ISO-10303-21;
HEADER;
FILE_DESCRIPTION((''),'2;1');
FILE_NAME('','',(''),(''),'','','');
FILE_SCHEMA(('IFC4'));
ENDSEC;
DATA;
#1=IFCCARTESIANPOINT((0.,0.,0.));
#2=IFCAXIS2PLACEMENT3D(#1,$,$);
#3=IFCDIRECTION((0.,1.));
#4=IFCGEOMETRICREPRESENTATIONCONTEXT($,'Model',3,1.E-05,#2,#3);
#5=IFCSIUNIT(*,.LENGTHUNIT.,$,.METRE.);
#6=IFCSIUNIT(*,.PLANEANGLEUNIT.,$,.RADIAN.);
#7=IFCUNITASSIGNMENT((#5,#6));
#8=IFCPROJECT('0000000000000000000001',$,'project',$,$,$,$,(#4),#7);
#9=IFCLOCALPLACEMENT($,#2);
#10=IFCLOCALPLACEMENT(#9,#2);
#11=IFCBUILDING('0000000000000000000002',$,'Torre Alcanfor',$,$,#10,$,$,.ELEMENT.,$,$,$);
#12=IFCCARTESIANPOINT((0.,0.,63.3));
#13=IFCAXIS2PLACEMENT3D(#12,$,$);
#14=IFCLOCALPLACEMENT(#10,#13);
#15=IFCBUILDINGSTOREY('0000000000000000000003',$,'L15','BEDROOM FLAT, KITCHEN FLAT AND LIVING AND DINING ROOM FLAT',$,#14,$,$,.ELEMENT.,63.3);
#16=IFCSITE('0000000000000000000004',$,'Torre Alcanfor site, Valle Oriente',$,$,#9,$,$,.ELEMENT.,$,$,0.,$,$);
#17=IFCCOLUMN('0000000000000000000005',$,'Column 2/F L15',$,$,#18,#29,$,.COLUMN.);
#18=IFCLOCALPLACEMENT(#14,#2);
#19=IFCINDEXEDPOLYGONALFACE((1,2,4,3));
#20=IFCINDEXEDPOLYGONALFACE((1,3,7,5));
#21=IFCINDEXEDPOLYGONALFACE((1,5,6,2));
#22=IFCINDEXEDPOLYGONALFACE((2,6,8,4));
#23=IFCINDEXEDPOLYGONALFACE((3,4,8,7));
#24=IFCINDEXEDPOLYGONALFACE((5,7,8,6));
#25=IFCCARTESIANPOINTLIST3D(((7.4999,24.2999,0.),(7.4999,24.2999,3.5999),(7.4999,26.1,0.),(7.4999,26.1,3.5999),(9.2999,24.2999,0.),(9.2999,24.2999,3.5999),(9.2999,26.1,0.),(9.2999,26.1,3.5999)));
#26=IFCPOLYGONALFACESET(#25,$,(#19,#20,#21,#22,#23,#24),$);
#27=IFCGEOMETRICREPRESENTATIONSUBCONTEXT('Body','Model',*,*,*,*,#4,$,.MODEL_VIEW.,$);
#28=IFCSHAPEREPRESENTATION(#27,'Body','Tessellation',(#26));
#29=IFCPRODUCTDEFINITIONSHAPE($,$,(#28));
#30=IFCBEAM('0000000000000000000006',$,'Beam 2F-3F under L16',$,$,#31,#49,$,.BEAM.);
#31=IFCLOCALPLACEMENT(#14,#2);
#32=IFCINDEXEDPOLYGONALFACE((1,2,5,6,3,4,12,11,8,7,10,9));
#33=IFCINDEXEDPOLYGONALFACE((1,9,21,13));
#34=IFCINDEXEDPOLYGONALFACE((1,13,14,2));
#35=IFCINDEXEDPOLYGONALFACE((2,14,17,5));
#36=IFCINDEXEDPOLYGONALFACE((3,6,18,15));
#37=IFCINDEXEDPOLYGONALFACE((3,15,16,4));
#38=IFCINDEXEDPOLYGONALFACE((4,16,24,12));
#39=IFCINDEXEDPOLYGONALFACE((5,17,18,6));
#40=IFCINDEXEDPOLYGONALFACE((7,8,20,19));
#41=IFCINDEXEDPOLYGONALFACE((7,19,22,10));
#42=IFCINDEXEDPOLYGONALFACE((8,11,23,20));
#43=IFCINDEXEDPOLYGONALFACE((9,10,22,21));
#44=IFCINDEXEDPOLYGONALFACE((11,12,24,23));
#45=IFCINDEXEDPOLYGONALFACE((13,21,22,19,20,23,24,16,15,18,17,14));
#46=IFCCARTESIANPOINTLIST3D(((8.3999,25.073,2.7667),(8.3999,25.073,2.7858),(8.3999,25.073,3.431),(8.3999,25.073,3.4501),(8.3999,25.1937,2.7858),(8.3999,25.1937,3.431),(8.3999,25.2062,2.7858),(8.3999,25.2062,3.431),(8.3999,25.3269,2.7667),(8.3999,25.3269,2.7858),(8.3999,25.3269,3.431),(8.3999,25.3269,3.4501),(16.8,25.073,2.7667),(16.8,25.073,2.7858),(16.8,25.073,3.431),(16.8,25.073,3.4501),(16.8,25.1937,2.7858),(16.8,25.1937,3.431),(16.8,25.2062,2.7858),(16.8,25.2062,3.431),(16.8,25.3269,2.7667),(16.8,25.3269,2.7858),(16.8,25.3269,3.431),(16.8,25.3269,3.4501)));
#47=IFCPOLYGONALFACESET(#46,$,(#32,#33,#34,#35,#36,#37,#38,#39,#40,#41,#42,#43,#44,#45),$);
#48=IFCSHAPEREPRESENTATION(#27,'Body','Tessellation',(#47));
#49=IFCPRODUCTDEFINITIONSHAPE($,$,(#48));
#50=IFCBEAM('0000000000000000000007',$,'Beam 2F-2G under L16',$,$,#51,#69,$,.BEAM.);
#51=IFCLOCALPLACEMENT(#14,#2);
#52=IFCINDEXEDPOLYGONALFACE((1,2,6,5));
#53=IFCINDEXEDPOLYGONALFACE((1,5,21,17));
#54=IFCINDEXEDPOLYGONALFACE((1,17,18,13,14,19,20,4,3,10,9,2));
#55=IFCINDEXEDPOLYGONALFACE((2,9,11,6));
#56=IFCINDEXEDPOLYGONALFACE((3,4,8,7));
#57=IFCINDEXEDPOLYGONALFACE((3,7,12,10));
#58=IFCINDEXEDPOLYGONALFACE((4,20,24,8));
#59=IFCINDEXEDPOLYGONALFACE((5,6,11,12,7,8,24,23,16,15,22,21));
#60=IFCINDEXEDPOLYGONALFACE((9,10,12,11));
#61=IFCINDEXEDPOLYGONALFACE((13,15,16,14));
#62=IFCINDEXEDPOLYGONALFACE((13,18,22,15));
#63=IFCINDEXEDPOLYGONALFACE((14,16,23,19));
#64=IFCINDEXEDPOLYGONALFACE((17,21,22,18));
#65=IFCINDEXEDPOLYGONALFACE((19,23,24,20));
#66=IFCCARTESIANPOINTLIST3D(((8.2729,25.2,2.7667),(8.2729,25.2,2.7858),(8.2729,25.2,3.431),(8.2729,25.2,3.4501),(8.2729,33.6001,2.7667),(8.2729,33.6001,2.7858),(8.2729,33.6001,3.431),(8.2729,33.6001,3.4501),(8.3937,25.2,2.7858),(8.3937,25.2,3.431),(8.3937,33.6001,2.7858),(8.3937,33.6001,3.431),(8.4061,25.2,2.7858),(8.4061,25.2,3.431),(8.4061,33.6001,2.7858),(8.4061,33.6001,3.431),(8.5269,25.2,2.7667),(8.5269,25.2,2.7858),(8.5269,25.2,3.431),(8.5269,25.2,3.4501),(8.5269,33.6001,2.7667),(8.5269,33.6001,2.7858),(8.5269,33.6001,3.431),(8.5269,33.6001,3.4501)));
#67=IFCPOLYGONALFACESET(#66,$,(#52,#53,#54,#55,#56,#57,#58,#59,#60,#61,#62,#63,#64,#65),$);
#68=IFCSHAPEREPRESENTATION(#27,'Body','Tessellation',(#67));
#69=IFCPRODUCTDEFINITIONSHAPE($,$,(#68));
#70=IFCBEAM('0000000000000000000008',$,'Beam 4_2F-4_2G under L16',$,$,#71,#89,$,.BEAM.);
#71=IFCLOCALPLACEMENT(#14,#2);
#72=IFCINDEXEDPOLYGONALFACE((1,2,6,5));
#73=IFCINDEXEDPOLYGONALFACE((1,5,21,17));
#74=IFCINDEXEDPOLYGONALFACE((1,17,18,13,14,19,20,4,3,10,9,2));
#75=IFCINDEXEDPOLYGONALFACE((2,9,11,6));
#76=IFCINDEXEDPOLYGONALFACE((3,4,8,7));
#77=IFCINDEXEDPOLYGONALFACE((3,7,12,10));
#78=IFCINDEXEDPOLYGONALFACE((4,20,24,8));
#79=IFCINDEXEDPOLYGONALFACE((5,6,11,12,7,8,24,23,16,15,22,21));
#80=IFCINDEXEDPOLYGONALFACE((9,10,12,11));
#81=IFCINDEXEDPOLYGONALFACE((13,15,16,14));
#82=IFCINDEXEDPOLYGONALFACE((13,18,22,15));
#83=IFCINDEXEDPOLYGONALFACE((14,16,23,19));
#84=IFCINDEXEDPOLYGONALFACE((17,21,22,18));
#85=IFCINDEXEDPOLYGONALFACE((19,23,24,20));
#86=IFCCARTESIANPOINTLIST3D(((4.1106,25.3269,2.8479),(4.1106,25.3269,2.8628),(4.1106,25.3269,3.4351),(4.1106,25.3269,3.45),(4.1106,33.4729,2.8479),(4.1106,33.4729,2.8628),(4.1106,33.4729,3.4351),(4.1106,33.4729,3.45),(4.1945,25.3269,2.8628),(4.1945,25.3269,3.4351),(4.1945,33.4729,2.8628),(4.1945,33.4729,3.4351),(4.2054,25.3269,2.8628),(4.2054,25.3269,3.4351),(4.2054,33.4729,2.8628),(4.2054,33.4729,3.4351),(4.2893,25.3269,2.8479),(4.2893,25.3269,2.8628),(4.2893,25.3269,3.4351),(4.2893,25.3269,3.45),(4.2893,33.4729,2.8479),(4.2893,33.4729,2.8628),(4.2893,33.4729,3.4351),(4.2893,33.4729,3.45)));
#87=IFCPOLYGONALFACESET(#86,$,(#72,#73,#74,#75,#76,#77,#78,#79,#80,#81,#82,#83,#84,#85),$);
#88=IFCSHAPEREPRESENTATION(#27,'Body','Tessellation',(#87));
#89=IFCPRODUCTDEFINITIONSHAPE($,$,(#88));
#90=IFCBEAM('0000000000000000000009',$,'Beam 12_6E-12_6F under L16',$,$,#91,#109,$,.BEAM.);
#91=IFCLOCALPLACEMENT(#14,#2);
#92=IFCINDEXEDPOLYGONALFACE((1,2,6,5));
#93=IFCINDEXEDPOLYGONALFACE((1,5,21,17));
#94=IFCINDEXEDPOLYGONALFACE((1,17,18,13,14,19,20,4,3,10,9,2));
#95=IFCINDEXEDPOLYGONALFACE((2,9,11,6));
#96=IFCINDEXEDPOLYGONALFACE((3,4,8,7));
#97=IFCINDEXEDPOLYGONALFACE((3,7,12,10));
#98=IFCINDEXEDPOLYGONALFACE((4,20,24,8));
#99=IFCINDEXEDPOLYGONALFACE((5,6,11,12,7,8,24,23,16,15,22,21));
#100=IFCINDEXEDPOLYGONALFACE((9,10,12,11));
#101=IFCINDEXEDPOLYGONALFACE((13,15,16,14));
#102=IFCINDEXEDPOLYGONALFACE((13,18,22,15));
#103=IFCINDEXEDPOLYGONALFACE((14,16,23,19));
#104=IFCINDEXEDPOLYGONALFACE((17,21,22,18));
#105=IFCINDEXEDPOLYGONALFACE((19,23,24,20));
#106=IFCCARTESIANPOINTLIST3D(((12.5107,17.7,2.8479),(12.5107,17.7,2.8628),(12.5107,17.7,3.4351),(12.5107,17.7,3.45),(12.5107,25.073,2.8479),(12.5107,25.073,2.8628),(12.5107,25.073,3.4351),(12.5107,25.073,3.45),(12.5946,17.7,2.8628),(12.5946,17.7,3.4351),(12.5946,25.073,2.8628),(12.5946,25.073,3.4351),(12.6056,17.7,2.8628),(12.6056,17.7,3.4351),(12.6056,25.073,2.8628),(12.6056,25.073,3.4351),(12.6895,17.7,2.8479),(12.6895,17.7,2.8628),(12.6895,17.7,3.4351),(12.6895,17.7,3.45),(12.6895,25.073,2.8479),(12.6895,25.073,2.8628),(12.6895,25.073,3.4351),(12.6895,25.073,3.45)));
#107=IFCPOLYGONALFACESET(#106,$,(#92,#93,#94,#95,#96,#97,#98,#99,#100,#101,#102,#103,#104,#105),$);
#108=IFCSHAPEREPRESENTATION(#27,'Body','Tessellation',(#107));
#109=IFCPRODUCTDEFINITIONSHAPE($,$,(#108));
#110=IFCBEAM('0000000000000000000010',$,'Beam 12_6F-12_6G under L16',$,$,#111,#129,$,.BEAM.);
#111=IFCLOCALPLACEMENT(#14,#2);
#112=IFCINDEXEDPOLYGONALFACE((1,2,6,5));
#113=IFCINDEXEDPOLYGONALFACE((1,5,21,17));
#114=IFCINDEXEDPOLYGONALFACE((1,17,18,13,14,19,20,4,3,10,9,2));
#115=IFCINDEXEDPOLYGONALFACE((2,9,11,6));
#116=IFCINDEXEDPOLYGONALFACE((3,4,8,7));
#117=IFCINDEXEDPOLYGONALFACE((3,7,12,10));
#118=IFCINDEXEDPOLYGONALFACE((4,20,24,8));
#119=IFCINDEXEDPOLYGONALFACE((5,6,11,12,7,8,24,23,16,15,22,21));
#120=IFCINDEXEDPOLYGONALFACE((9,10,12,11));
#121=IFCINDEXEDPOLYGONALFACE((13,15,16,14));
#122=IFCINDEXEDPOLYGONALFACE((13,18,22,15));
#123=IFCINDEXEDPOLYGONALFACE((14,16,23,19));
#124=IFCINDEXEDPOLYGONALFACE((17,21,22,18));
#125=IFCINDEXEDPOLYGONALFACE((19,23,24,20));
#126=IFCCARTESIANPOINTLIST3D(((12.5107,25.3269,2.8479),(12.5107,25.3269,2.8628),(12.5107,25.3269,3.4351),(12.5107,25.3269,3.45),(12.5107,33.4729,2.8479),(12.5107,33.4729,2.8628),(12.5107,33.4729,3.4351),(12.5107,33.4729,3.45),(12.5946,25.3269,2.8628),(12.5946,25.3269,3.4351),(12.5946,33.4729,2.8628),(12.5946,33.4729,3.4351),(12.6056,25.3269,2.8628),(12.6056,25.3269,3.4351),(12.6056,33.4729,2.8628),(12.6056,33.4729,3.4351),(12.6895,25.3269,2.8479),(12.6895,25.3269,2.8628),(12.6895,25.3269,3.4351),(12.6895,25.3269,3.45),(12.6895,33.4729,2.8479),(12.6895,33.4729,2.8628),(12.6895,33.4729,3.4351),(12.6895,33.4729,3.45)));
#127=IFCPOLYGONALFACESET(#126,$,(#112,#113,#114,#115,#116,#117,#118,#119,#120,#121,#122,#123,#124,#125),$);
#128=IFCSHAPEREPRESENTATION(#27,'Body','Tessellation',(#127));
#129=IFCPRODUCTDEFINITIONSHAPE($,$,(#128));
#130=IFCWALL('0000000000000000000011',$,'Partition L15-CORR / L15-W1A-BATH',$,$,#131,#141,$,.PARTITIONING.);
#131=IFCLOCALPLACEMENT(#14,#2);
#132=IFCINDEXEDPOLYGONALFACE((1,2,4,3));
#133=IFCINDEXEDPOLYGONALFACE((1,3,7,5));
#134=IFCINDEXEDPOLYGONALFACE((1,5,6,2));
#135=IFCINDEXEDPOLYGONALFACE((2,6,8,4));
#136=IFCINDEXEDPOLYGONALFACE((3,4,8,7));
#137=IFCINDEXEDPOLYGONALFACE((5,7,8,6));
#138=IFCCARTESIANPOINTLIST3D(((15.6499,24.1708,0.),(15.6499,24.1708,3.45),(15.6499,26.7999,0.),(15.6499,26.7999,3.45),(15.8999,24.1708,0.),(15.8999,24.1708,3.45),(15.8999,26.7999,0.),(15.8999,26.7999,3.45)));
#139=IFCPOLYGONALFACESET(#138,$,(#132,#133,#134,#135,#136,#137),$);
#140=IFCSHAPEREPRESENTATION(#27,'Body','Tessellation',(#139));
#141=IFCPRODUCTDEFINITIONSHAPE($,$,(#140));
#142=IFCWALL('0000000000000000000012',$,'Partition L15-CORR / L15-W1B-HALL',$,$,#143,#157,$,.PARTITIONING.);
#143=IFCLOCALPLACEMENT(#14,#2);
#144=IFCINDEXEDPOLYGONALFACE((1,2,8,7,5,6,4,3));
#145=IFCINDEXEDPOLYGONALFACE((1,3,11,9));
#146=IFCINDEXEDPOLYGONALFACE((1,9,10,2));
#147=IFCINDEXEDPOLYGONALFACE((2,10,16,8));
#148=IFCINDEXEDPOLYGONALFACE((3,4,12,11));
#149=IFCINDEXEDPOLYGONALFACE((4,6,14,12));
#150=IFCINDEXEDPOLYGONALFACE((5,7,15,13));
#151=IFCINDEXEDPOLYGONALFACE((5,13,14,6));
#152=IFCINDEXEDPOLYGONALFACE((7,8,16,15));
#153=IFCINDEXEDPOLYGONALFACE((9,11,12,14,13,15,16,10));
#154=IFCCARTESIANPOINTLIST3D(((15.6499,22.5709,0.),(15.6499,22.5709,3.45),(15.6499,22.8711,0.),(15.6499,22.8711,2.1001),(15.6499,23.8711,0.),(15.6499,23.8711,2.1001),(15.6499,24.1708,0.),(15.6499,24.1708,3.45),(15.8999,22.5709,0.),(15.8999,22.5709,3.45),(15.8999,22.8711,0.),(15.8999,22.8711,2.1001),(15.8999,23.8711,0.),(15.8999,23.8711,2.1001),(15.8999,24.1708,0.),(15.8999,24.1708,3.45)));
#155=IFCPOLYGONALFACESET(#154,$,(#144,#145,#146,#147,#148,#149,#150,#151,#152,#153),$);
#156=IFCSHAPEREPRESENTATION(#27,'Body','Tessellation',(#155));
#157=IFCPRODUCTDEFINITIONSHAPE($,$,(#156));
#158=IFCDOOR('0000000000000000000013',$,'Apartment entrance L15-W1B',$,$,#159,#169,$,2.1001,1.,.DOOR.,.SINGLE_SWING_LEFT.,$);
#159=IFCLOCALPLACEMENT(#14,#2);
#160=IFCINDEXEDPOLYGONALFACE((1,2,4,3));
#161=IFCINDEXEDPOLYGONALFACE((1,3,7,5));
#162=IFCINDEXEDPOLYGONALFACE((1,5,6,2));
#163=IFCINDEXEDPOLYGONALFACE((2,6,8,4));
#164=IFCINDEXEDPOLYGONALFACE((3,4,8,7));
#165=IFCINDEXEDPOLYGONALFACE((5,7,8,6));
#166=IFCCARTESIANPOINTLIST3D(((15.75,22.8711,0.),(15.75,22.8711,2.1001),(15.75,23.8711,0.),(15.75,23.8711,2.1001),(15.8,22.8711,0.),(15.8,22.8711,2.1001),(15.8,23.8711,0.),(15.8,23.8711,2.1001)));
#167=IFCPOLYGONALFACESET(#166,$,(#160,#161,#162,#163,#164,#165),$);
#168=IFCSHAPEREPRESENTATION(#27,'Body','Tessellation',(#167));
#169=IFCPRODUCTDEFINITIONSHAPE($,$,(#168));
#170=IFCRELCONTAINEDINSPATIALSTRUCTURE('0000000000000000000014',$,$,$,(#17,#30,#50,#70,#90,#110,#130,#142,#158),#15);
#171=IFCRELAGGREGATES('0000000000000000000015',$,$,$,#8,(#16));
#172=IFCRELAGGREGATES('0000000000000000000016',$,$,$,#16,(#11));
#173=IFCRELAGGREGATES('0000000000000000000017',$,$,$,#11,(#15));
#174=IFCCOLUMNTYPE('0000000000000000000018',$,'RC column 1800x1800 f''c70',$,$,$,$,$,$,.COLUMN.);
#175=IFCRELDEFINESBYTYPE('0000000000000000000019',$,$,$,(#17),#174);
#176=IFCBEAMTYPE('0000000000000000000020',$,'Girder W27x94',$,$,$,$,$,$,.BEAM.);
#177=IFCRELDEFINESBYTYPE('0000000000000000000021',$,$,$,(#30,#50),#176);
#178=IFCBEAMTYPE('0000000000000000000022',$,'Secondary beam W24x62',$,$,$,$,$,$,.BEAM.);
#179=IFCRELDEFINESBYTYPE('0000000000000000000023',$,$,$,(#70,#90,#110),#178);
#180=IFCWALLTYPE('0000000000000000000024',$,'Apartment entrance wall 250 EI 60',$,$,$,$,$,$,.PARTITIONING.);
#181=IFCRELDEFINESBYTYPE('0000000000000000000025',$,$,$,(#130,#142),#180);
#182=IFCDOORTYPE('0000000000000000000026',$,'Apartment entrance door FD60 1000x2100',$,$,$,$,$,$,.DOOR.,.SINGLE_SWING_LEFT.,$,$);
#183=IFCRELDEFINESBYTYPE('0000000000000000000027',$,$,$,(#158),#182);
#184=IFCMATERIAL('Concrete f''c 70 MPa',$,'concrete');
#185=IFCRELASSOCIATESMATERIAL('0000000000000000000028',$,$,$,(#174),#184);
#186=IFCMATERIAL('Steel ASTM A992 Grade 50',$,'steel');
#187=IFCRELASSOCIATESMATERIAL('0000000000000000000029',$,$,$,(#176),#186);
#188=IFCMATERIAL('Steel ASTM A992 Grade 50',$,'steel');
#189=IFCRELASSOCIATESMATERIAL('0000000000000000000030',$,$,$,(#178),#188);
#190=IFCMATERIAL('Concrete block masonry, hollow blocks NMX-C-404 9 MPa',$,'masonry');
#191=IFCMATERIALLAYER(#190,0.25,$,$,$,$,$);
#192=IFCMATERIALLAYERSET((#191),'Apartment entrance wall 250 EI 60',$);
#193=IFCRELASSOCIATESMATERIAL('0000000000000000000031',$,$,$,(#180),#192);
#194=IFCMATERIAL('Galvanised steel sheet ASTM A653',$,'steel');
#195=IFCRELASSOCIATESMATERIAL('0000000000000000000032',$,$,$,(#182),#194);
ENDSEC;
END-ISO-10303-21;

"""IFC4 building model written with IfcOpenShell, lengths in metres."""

from ifc_helpers import new_model, si_unit, direction, frame, frame_2d, origin, origin_2d, place, context, subcontext, project, spatial, rectangle, i_section, extrude, material, layer, layer_set, material_profile, profile_set, type_object, element, fill, save


model = new_model("IFC4")

# Units and contexts
model_context = context("Model", 3, precision=1e-05, world=origin(), true_north=direction((0.0, 1.0)))
body_context = subcontext(model_context, "Body", "Model", "MODEL_VIEW")
ifc_project = project(units=[si_unit("LENGTHUNIT", "METRE"), si_unit("PLANEANGLEUNIT", "RADIAN")], contexts=[model_context])

# Site, building, storey
site_placement = place(None, origin())
site = spatial("IfcSite", under=ifc_project, at=site_placement, Name="Torre Alcanfor site, Valle Oriente", CompositionType="ELEMENT", RefElevation=0.0)
building_placement = place(site_placement, origin())
building = spatial("IfcBuilding", under=site, at=building_placement, Name="Torre Alcanfor", CompositionType="ELEMENT")
storey_placement = place(building_placement, frame((0.0, 0.0, 63.3)))
storey = spatial("IfcBuildingStorey", under=building, at=storey_placement, Name="L15", Description="BEDROOM FLAT, KITCHEN FLAT AND LIVING AND DINING ROOM FLAT", CompositionType="ELEMENT", Elevation=63.3)

# Column
ifc_material_1 = material(Name="Concrete f'c 70 MPa", Category="concrete")
ifc_material_profile_1 = material_profile(ifc_material_1, rectangle(XDim=1.8, YDim=1.8, at=origin_2d()), Name="1800x1800")
ifc_profile_set_1 = profile_set([ifc_material_profile_1], Name="Concrete f'c 70 MPa")
column_type = type_object("IfcColumnType", Name="RC column 1800x1800 f'c70", PredefinedType="COLUMN", material=ifc_profile_set_1)
column_placement = place(storey_placement, frame((8.3999, 25.2, 0.0), z_axis=(0.0, 0.0, 1.0), x_axis=(1.0, 0.0, 0.0)))
element("IfcColumn", 1, at=column_placement, inside=storey, type_object=column_type, Name="Column 2/F L15", PredefinedType="COLUMN", context=body_context, shape_type="SweptSolid", body=[
    extrude(rectangle(XDim=1.8, YDim=1.8, at=origin_2d()), origin(), (0.0, 0.0, 1.0), 3.5999),
])

# Beams
ifc_material_2 = material(Name="Steel ASTM A992 Grade 50", Category="steel")
ifc_material_profile_2 = material_profile(ifc_material_2, i_section(OverallWidth=0.2539, OverallDepth=0.6833, WebThickness=0.0125, FlangeThickness=0.019, at=origin_2d()), Name="W27x94")
ifc_profile_set_2 = profile_set([ifc_material_profile_2], Name="Steel ASTM A992 Grade 50")
beam_type_1 = type_object("IfcBeamType", Name="Girder W27x94", PredefinedType="BEAM", material=ifc_profile_set_2)
for number, where, z_axis, x_axis, name in (
    (2, (8.3999, 25.2, 3.1084), (1.0, 0.0, 0.0), (0.0, 1.0, 0.0), "Beam 2F-3F under L16"),
    (3, (8.3999, 25.2, 3.1084), (0.0, 1.0, 0.0), (-1.0, 0.0, 0.0), "Beam 2F-2G under L16"),
):
    element("IfcBeam", number, at=place(storey_placement, frame(where, z_axis=z_axis, x_axis=x_axis)), inside=storey, type_object=beam_type_1, Name=name, PredefinedType="BEAM", context=body_context, shape_type="SweptSolid", body=[
        extrude(i_section(OverallWidth=0.2539, OverallDepth=0.6833, WebThickness=0.0125, FlangeThickness=0.019, at=origin_2d()), origin(), (0.0, 0.0, 1.0), 8.4001),
    ])
ifc_material_3 = material(Name="Steel ASTM A992 Grade 50", Category="steel")
ifc_material_profile_3 = material_profile(ifc_material_3, i_section(OverallWidth=0.1787, OverallDepth=0.6021, WebThickness=0.011, FlangeThickness=0.0149, at=origin_2d()), Name="W24x62")
ifc_profile_set_3 = profile_set([ifc_material_profile_3], Name="Steel ASTM A992 Grade 50")
beam_type_2 = type_object("IfcBeamType", Name="Secondary beam W24x62", PredefinedType="BEAM", material=ifc_profile_set_3)
beam_1_placement = place(storey_placement, frame((4.2, 25.3269, 3.1489), z_axis=(0.0, 1.0, 0.0), x_axis=(-1.0, 0.0, 0.0)))
element("IfcBeam", 4, at=beam_1_placement, inside=storey, type_object=beam_type_2, Name="Beam 4_2F-4_2G under L16", PredefinedType="BEAM", context=body_context, shape_type="SweptSolid", body=[
    extrude(i_section(OverallWidth=0.1787, OverallDepth=0.6021, WebThickness=0.011, FlangeThickness=0.0149, at=origin_2d()), origin(), (0.0, 0.0, 1.0), 8.146),
])
beam_2_placement = place(storey_placement, frame((12.6001, 17.7, 3.1489), z_axis=(0.0, 1.0, 0.0), x_axis=(-1.0, 0.0, 0.0)))
element("IfcBeam", 5, at=beam_2_placement, inside=storey, type_object=beam_type_2, Name="Beam 12_6E-12_6F under L16", PredefinedType="BEAM", context=body_context, shape_type="SweptSolid", body=[
    extrude(i_section(OverallWidth=0.1787, OverallDepth=0.6021, WebThickness=0.011, FlangeThickness=0.0149, at=origin_2d()), origin(), (0.0, 0.0, 1.0), 7.373),
])
beam_3_placement = place(storey_placement, frame((12.6001, 25.3269, 3.1489), z_axis=(0.0, 1.0, 0.0), x_axis=(-1.0, 0.0, 0.0)))
element("IfcBeam", 6, at=beam_3_placement, inside=storey, type_object=beam_type_2, Name="Beam 12_6F-12_6G under L16", PredefinedType="BEAM", context=body_context, shape_type="SweptSolid", body=[
    extrude(i_section(OverallWidth=0.1787, OverallDepth=0.6021, WebThickness=0.011, FlangeThickness=0.0149, at=origin_2d()), origin(), (0.0, 0.0, 1.0), 8.146),
])

# Wall
ifc_material_4 = material(Name="Concrete block masonry, hollow blocks NMX-C-404 9 MPa", Category="masonry")
ifc_layer_1 = layer(ifc_material_4, 0.25)
ifc_layer_set_1 = layer_set([ifc_layer_1], Name="Apartment entrance wall 250 EI 60")
wall_type_1 = type_object("IfcWallType", Name="Apartment entrance wall 250 EI 60", PredefinedType="PARTITIONING", material=ifc_layer_set_1)
wall_1_placement = place(storey_placement, frame((15.7749, 24.1709, 0.0), z_axis=(0.0, 0.0, 1.0), x_axis=(0.0, 1.0, 0.0)))
element("IfcWall", 7, at=wall_1_placement, inside=storey, type_object=wall_type_1, Name="Partition L15-CORR / L15-W1A-BATH", PredefinedType="PARTITIONING", context=body_context, shape_type="SweptSolid", body=[
    extrude(rectangle(XDim=2.6292, YDim=0.25, at=frame_2d((1.3145, 0.0))), origin(), (0.0, 0.0, 1.0), 3.45),
])

# Wall, opening, door
wall_2_placement = place(storey_placement, frame((15.7749, 22.571, 0.0), z_axis=(0.0, 0.0, 1.0), x_axis=(0.0, 1.0, 0.0)))
wall_2 = element("IfcWall", 8, at=wall_2_placement, inside=storey, type_object=wall_type_1, Name="Partition L15-CORR / L15-W1B-HALL", PredefinedType="PARTITIONING", context=body_context, shape_type="SweptSolid", body=[
    extrude(rectangle(XDim=1.5999, YDim=0.25, at=frame_2d((0.7998, 0.0))), origin(), (0.0, 0.0, 1.0), 3.45),
])
opening_1_placement = place(wall_2_placement, frame((0.3, 0.0, 0.0)))
opening_1 = element("IfcOpeningElement", 9, at=opening_1_placement, cuts=wall_2, PredefinedType="OPENING", context=body_context, shape_type="SweptSolid", body=[
    extrude(rectangle(XDim=1.0, YDim=2.1001, at=frame_2d((0.5, 1.05))), frame((0.0, 0.135, 0.0), z_axis=(0.0, -1.0, 0.0), x_axis=(1.0, 0.0, 0.0)), (0.0, 0.0, 1.0), 0.27),
])
ifc_material_5 = material(Name="Galvanised steel sheet ASTM A653", Category="steel")
door_type_1 = type_object("IfcDoorType", Name="Apartment entrance door FD60 1000x2100", OperationType="SINGLE_SWING_LEFT", PredefinedType="DOOR", material=ifc_material_5)
door_1_placement = place(opening_1_placement, origin())
door_1 = element("IfcDoor", 10, at=door_1_placement, inside=storey, type_object=door_type_1, Name="Apartment entrance L15-W1B", OperationType="SINGLE_SWING_LEFT", OverallHeight=2.1001, OverallWidth=1.0, PredefinedType="DOOR", context=body_context, shape_type="SweptSolid", body=[
    extrude(rectangle(XDim=1.0, YDim=2.1001, at=frame_2d((0.5, 1.05))), frame((0.0, 0.0249, 0.0), z_axis=(0.0, -1.0, 0.0), x_axis=(1.0, 0.0, 0.0)), (0.0, 0.0, 1.0), 0.05),
])
fill(opening_1, door_1)

save(model, "model.ifc")
